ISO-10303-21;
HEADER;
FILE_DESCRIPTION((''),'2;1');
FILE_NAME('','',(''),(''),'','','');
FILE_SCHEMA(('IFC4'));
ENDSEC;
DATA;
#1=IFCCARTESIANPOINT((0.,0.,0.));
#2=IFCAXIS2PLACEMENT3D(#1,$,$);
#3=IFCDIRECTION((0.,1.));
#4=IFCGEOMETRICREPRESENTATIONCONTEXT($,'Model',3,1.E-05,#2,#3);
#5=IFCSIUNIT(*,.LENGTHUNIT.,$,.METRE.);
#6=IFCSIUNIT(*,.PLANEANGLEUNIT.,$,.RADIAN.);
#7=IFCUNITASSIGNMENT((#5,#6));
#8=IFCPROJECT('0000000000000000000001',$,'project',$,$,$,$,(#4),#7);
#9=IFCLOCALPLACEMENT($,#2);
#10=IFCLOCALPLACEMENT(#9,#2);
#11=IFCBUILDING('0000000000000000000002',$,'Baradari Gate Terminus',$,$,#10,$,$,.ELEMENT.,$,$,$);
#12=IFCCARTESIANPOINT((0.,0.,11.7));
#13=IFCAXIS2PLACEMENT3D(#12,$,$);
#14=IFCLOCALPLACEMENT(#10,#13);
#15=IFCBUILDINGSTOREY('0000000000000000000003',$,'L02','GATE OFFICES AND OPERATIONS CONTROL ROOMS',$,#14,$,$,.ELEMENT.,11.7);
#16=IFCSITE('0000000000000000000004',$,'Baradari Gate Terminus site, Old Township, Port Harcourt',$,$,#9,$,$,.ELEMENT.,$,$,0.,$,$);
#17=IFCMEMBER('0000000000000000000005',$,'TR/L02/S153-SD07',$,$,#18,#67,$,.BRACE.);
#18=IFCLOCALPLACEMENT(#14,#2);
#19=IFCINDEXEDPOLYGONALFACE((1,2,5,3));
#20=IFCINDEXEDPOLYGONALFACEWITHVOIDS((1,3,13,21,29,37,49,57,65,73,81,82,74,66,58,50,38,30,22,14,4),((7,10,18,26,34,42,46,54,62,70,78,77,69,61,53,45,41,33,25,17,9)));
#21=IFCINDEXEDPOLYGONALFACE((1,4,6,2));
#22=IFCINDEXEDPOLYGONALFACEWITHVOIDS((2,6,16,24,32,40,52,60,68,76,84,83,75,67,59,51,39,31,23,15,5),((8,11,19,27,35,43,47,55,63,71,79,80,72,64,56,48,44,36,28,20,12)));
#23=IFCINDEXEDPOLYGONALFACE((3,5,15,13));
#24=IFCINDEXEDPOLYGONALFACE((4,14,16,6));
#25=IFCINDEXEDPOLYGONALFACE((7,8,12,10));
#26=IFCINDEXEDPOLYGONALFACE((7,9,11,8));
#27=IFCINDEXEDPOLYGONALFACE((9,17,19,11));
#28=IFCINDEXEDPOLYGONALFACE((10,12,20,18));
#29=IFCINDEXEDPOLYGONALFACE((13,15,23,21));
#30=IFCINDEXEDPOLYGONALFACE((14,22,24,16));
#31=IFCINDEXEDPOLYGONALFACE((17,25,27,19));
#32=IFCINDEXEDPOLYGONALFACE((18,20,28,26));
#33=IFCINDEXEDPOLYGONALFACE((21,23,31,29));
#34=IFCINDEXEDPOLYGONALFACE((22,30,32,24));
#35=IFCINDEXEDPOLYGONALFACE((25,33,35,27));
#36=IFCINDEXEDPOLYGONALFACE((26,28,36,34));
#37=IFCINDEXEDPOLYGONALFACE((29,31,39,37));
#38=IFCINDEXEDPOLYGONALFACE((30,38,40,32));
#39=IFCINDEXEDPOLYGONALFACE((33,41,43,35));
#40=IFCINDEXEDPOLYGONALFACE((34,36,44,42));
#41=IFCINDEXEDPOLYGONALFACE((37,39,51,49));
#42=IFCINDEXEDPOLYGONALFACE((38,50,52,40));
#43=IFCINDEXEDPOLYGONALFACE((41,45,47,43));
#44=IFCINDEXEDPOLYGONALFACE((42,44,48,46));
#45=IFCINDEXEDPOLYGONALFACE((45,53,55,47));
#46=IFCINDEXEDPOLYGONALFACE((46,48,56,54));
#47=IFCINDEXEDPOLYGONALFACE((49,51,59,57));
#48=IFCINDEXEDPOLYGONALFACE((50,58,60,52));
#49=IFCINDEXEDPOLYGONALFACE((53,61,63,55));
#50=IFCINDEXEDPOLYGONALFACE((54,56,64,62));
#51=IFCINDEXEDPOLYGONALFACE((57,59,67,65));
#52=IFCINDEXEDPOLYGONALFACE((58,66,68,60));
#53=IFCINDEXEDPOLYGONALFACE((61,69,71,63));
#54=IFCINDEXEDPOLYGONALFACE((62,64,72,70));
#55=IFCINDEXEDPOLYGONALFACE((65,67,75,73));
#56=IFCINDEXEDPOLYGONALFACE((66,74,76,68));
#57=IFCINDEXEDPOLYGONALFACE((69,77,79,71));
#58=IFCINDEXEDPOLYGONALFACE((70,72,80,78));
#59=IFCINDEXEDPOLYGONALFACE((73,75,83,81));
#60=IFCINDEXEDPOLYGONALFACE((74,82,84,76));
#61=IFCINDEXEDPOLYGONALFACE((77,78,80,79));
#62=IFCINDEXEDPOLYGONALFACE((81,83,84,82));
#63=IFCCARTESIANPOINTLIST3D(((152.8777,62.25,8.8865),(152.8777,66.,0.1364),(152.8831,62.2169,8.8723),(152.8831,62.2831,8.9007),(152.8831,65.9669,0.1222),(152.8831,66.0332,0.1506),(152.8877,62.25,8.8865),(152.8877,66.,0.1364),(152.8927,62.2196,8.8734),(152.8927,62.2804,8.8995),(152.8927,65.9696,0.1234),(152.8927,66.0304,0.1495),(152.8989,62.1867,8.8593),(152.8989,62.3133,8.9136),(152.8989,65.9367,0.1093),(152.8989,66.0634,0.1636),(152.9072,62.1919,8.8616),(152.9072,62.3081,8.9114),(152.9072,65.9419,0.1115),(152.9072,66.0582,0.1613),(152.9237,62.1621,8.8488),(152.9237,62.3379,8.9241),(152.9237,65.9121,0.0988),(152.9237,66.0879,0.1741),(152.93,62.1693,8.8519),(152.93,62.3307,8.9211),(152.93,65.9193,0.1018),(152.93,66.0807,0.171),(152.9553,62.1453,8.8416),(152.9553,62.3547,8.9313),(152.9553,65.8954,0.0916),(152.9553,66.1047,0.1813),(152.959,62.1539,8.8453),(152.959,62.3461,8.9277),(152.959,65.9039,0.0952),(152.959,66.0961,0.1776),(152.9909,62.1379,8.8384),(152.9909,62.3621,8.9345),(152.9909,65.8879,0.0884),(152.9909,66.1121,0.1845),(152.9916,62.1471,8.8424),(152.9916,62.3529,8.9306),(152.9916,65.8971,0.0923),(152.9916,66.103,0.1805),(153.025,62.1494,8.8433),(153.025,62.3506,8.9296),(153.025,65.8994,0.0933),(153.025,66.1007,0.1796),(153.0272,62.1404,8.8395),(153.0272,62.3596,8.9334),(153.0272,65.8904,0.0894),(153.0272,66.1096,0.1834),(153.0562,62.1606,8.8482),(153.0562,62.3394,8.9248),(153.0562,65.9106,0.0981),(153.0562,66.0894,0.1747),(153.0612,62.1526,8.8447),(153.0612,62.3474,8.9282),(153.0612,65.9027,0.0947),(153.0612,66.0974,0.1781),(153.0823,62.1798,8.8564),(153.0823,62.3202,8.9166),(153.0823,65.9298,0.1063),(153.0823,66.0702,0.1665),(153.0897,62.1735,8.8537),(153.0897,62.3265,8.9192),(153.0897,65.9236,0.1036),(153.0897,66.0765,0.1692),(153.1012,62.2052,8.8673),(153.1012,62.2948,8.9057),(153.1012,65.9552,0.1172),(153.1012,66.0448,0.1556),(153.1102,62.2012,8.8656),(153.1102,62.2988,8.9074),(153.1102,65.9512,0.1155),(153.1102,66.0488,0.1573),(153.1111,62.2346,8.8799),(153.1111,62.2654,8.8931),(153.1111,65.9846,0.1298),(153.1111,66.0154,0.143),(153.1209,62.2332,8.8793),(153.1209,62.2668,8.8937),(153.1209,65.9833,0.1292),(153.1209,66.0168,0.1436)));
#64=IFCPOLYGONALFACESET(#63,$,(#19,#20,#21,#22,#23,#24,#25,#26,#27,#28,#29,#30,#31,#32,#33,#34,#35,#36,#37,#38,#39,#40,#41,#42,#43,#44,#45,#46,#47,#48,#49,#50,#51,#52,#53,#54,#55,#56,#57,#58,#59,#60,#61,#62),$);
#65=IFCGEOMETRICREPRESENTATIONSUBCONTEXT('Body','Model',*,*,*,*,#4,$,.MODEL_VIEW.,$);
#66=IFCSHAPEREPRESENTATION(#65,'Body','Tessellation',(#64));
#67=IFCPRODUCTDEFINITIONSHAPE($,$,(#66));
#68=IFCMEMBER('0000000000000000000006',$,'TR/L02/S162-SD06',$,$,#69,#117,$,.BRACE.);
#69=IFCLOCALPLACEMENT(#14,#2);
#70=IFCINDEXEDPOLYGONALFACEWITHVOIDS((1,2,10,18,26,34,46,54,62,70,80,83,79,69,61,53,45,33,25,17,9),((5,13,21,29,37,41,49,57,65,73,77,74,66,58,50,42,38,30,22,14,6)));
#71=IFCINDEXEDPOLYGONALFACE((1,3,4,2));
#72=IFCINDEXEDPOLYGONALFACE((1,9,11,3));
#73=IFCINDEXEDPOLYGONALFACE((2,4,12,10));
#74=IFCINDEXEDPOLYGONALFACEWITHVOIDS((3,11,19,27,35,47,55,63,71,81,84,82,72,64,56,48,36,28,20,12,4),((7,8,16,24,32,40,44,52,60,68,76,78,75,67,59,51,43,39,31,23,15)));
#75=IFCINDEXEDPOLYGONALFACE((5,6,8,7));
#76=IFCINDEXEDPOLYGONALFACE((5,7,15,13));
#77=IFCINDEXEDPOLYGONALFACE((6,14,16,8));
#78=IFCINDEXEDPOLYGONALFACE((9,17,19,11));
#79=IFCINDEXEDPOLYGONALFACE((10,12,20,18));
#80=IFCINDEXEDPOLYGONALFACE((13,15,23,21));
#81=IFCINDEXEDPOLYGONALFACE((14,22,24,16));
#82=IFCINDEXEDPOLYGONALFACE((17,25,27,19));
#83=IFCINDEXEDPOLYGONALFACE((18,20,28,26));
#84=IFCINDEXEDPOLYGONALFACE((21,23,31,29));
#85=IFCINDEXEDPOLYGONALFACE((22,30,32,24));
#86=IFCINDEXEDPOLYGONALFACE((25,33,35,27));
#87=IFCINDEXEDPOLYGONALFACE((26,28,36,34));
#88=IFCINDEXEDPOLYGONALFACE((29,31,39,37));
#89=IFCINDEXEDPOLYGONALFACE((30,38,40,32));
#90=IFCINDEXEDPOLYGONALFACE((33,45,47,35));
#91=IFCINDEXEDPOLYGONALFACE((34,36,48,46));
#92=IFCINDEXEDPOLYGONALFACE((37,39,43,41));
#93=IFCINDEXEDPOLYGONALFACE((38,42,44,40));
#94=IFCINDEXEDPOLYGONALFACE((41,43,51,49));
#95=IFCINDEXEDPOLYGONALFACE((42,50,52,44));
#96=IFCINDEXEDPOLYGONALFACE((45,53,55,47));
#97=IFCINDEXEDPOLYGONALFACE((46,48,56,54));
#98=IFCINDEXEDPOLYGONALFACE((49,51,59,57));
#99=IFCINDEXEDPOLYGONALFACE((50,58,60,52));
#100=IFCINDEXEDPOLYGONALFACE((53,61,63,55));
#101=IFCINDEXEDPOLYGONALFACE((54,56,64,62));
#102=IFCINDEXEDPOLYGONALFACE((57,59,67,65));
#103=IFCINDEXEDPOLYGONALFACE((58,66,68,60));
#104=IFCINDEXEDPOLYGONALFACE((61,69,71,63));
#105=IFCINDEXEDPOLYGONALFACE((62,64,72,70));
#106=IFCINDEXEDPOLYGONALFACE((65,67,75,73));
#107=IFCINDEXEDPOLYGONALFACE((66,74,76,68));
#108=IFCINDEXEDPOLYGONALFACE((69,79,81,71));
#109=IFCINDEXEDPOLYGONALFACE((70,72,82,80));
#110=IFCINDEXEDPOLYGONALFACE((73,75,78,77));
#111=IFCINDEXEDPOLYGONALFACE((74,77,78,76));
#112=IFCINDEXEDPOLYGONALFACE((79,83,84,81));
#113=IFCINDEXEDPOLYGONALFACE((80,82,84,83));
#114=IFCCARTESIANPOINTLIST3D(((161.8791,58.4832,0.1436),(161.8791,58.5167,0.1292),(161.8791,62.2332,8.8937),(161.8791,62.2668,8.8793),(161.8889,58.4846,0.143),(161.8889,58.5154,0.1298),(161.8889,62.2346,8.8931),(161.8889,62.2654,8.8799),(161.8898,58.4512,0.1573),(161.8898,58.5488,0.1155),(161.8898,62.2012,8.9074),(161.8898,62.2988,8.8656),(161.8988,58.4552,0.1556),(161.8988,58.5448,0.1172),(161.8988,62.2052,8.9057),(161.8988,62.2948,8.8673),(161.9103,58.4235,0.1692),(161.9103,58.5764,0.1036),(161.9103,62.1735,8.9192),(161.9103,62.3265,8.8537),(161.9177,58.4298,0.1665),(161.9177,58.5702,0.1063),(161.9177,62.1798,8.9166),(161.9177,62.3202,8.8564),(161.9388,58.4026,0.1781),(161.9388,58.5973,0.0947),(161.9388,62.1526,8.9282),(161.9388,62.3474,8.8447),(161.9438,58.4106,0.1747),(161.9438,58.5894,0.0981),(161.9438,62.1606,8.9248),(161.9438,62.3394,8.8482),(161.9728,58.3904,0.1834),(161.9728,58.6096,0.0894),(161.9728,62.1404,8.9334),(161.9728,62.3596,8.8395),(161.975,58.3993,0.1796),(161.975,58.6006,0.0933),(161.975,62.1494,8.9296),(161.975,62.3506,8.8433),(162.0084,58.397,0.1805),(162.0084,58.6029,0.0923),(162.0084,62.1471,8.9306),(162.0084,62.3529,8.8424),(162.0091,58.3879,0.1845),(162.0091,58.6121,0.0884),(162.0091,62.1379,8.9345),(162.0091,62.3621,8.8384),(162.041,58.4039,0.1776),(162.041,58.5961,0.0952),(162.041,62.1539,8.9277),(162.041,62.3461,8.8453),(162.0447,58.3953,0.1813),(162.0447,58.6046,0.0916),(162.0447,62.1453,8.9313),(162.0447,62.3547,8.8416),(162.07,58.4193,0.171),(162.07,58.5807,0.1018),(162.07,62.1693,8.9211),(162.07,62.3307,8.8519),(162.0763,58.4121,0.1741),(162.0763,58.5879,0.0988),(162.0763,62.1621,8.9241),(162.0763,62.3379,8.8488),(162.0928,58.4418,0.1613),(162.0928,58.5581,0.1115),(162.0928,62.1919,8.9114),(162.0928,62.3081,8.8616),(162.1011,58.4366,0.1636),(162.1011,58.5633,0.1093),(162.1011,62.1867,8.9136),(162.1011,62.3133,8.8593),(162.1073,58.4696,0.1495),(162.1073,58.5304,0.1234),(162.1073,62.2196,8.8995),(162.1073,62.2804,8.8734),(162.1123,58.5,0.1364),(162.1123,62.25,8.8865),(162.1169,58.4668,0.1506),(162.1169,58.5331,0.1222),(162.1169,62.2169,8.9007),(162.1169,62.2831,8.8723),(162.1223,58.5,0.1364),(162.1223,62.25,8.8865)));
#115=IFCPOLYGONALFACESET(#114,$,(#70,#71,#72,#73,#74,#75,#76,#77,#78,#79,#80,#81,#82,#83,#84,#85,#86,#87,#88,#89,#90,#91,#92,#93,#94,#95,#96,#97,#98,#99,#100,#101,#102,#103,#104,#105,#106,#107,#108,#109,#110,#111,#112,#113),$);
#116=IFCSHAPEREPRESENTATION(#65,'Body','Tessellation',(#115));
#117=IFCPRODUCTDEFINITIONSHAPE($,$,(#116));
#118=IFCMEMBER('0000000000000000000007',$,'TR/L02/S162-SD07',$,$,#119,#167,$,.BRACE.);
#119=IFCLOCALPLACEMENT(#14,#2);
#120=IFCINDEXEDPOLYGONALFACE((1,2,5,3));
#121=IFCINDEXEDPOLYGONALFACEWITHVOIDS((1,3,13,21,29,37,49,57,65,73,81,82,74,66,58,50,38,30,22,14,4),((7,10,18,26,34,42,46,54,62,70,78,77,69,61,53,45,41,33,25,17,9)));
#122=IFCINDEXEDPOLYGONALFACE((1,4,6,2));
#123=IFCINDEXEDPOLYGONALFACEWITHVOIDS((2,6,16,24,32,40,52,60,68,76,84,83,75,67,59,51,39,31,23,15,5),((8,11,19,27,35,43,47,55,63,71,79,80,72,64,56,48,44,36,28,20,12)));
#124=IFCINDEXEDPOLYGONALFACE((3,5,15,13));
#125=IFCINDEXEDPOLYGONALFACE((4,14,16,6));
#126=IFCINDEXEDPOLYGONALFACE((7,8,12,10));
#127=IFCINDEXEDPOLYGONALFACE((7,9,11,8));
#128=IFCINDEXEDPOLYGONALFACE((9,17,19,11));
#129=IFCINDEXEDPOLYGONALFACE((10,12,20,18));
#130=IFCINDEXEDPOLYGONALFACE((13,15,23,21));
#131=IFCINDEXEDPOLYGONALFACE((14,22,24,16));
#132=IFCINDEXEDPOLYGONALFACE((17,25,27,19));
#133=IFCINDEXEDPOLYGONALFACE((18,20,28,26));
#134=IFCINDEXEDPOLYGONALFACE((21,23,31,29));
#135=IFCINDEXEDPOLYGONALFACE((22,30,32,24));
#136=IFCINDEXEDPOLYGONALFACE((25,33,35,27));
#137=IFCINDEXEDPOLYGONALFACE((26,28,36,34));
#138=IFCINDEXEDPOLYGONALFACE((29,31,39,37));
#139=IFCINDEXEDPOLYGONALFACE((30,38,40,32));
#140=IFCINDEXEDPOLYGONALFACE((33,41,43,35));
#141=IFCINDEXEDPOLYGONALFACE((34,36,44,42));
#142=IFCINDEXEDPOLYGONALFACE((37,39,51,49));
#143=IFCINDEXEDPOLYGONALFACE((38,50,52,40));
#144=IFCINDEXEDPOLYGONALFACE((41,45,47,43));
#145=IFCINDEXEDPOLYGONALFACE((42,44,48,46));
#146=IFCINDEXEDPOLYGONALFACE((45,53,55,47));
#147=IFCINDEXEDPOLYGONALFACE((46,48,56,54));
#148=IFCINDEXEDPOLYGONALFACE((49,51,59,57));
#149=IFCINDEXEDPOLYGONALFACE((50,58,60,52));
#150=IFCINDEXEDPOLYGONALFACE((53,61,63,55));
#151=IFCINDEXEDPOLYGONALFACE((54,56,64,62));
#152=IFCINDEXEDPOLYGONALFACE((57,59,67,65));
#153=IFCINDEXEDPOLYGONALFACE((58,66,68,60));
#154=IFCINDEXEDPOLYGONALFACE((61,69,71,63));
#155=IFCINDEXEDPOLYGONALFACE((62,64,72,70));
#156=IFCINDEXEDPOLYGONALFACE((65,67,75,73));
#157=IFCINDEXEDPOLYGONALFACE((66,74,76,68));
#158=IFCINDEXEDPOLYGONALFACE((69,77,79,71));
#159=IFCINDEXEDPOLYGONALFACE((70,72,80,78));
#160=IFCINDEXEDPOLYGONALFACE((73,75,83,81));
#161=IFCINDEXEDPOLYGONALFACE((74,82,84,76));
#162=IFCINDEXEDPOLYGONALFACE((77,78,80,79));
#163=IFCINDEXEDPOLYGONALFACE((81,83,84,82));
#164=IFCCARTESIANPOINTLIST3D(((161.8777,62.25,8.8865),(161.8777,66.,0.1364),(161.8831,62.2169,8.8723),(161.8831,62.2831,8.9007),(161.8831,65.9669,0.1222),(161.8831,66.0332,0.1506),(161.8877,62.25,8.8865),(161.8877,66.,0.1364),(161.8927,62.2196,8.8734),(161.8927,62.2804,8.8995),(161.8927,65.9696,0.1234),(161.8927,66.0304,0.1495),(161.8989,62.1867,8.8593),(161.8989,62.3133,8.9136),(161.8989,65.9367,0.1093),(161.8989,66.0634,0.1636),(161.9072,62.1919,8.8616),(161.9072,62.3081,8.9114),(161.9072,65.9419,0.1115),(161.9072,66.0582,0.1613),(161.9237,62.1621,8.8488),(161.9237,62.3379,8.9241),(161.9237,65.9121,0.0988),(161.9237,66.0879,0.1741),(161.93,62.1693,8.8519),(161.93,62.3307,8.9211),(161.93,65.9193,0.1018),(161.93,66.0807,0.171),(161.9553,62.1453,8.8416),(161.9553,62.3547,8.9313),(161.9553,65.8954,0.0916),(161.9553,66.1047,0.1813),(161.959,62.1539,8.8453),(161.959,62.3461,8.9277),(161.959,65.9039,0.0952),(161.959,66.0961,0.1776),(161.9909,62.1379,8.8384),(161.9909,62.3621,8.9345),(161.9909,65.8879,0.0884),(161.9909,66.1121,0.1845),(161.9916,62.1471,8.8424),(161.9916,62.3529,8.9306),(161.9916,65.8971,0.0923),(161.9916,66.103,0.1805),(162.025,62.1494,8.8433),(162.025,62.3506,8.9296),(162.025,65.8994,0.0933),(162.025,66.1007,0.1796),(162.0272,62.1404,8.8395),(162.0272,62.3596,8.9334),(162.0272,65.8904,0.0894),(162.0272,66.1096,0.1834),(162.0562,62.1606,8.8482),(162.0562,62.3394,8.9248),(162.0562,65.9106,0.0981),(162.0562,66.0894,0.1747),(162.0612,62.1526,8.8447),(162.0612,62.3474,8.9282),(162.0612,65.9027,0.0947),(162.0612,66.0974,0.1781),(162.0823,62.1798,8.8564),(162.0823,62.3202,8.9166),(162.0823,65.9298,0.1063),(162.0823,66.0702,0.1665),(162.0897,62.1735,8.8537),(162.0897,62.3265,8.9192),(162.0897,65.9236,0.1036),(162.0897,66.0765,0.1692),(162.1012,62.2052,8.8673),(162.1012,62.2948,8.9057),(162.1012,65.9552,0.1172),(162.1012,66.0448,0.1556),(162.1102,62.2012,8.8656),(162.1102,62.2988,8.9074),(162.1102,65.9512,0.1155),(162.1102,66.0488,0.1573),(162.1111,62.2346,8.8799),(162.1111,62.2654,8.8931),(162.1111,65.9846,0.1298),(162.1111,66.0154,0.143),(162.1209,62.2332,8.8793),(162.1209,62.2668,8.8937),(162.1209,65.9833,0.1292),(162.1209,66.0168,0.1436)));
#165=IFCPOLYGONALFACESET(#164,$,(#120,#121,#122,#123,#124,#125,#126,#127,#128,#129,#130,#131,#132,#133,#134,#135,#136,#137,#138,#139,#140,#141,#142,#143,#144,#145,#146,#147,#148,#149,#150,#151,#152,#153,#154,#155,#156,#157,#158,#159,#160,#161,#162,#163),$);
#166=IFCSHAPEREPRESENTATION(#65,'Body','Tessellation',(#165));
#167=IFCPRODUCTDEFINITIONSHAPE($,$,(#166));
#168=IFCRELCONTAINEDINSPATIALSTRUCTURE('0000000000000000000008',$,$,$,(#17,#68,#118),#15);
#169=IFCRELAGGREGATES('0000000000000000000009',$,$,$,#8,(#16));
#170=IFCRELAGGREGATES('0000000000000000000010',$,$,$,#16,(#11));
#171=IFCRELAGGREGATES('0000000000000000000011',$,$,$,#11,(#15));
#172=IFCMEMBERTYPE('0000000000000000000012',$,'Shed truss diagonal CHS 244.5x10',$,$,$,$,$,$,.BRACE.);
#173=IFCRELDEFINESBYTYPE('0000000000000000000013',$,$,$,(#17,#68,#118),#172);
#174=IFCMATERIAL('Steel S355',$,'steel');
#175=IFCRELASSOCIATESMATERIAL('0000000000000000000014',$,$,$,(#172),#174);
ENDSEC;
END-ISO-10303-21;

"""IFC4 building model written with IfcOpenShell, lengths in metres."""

from ifc_helpers import new_model, si_unit, direction, frame, origin, origin_2d, place, context, subcontext, project, spatial, hollow_circle, extrude, material, material_profile, profile_set, type_object, element, save


model = new_model("IFC4")

# Units and contexts
model_context = context("Model", 3, precision=1e-05, world=origin(), true_north=direction((0.0, 1.0)))
body_context = subcontext(model_context, "Body", "Model", "MODEL_VIEW")
ifc_project = project(units=[si_unit("LENGTHUNIT", "METRE"), si_unit("PLANEANGLEUNIT", "RADIAN")], contexts=[model_context])

# Site, building, storey
site_placement = place(None, origin())
site = spatial("IfcSite", under=ifc_project, at=site_placement, Name="Baradari Gate Terminus site, Old Township, Port Harcourt", CompositionType="ELEMENT", RefElevation=0.0)
building_placement = place(site_placement, origin())
building = spatial("IfcBuilding", under=site, at=building_placement, Name="Baradari Gate Terminus", CompositionType="ELEMENT")
storey_placement = place(building_placement, frame((0.0, 0.0, 11.7)))
storey = spatial("IfcBuildingStorey", under=building, at=storey_placement, Name="L02", Description="GATE OFFICES AND OPERATIONS CONTROL ROOMS", CompositionType="ELEMENT", Elevation=11.7)

# Members
ifc_material_1 = material(Name="Steel S355", Category="steel")
ifc_material_profile_1 = material_profile(ifc_material_1, hollow_circle(Radius=0.1223, WallThickness=0.01, at=origin_2d()), Name="CHS 244.5x10")
ifc_profile_set_1 = profile_set([ifc_material_profile_1], Name="Steel S355")
member_type_1 = type_object("IfcMemberType", Name="Shed truss diagonal CHS 244.5x10", PredefinedType="BRACE", material=ifc_profile_set_1)
for number, where, z_axis, x_axis, name in (
    (1, (153.0, 62.25, 8.8865), (0.0, 0.393919, -0.919145), (-1.0, 0.0, 0.0), "TR/L02/S153-SD07"),
    (2, (162.0, 62.25, 8.8865), (0.0, -0.393919, -0.919145), (1.0, 0.0, 0.0), "TR/L02/S162-SD06"),
    (3, (162.0, 62.25, 8.8865), (0.0, 0.393919, -0.919145), (-1.0, 0.0, 0.0), "TR/L02/S162-SD07"),
):
    element("IfcMember", number, at=place(storey_placement, frame(where, z_axis=z_axis, x_axis=x_axis)), inside=storey, type_object=member_type_1, Name=name, PredefinedType="BRACE", context=body_context, shape_type="SweptSolid", body=[
        extrude(hollow_circle(Radius=0.1223, WallThickness=0.01, at=origin_2d()), origin(), (0.0, 0.0, 1.0), 9.5198),
    ])

save(model, "model.ifc")
